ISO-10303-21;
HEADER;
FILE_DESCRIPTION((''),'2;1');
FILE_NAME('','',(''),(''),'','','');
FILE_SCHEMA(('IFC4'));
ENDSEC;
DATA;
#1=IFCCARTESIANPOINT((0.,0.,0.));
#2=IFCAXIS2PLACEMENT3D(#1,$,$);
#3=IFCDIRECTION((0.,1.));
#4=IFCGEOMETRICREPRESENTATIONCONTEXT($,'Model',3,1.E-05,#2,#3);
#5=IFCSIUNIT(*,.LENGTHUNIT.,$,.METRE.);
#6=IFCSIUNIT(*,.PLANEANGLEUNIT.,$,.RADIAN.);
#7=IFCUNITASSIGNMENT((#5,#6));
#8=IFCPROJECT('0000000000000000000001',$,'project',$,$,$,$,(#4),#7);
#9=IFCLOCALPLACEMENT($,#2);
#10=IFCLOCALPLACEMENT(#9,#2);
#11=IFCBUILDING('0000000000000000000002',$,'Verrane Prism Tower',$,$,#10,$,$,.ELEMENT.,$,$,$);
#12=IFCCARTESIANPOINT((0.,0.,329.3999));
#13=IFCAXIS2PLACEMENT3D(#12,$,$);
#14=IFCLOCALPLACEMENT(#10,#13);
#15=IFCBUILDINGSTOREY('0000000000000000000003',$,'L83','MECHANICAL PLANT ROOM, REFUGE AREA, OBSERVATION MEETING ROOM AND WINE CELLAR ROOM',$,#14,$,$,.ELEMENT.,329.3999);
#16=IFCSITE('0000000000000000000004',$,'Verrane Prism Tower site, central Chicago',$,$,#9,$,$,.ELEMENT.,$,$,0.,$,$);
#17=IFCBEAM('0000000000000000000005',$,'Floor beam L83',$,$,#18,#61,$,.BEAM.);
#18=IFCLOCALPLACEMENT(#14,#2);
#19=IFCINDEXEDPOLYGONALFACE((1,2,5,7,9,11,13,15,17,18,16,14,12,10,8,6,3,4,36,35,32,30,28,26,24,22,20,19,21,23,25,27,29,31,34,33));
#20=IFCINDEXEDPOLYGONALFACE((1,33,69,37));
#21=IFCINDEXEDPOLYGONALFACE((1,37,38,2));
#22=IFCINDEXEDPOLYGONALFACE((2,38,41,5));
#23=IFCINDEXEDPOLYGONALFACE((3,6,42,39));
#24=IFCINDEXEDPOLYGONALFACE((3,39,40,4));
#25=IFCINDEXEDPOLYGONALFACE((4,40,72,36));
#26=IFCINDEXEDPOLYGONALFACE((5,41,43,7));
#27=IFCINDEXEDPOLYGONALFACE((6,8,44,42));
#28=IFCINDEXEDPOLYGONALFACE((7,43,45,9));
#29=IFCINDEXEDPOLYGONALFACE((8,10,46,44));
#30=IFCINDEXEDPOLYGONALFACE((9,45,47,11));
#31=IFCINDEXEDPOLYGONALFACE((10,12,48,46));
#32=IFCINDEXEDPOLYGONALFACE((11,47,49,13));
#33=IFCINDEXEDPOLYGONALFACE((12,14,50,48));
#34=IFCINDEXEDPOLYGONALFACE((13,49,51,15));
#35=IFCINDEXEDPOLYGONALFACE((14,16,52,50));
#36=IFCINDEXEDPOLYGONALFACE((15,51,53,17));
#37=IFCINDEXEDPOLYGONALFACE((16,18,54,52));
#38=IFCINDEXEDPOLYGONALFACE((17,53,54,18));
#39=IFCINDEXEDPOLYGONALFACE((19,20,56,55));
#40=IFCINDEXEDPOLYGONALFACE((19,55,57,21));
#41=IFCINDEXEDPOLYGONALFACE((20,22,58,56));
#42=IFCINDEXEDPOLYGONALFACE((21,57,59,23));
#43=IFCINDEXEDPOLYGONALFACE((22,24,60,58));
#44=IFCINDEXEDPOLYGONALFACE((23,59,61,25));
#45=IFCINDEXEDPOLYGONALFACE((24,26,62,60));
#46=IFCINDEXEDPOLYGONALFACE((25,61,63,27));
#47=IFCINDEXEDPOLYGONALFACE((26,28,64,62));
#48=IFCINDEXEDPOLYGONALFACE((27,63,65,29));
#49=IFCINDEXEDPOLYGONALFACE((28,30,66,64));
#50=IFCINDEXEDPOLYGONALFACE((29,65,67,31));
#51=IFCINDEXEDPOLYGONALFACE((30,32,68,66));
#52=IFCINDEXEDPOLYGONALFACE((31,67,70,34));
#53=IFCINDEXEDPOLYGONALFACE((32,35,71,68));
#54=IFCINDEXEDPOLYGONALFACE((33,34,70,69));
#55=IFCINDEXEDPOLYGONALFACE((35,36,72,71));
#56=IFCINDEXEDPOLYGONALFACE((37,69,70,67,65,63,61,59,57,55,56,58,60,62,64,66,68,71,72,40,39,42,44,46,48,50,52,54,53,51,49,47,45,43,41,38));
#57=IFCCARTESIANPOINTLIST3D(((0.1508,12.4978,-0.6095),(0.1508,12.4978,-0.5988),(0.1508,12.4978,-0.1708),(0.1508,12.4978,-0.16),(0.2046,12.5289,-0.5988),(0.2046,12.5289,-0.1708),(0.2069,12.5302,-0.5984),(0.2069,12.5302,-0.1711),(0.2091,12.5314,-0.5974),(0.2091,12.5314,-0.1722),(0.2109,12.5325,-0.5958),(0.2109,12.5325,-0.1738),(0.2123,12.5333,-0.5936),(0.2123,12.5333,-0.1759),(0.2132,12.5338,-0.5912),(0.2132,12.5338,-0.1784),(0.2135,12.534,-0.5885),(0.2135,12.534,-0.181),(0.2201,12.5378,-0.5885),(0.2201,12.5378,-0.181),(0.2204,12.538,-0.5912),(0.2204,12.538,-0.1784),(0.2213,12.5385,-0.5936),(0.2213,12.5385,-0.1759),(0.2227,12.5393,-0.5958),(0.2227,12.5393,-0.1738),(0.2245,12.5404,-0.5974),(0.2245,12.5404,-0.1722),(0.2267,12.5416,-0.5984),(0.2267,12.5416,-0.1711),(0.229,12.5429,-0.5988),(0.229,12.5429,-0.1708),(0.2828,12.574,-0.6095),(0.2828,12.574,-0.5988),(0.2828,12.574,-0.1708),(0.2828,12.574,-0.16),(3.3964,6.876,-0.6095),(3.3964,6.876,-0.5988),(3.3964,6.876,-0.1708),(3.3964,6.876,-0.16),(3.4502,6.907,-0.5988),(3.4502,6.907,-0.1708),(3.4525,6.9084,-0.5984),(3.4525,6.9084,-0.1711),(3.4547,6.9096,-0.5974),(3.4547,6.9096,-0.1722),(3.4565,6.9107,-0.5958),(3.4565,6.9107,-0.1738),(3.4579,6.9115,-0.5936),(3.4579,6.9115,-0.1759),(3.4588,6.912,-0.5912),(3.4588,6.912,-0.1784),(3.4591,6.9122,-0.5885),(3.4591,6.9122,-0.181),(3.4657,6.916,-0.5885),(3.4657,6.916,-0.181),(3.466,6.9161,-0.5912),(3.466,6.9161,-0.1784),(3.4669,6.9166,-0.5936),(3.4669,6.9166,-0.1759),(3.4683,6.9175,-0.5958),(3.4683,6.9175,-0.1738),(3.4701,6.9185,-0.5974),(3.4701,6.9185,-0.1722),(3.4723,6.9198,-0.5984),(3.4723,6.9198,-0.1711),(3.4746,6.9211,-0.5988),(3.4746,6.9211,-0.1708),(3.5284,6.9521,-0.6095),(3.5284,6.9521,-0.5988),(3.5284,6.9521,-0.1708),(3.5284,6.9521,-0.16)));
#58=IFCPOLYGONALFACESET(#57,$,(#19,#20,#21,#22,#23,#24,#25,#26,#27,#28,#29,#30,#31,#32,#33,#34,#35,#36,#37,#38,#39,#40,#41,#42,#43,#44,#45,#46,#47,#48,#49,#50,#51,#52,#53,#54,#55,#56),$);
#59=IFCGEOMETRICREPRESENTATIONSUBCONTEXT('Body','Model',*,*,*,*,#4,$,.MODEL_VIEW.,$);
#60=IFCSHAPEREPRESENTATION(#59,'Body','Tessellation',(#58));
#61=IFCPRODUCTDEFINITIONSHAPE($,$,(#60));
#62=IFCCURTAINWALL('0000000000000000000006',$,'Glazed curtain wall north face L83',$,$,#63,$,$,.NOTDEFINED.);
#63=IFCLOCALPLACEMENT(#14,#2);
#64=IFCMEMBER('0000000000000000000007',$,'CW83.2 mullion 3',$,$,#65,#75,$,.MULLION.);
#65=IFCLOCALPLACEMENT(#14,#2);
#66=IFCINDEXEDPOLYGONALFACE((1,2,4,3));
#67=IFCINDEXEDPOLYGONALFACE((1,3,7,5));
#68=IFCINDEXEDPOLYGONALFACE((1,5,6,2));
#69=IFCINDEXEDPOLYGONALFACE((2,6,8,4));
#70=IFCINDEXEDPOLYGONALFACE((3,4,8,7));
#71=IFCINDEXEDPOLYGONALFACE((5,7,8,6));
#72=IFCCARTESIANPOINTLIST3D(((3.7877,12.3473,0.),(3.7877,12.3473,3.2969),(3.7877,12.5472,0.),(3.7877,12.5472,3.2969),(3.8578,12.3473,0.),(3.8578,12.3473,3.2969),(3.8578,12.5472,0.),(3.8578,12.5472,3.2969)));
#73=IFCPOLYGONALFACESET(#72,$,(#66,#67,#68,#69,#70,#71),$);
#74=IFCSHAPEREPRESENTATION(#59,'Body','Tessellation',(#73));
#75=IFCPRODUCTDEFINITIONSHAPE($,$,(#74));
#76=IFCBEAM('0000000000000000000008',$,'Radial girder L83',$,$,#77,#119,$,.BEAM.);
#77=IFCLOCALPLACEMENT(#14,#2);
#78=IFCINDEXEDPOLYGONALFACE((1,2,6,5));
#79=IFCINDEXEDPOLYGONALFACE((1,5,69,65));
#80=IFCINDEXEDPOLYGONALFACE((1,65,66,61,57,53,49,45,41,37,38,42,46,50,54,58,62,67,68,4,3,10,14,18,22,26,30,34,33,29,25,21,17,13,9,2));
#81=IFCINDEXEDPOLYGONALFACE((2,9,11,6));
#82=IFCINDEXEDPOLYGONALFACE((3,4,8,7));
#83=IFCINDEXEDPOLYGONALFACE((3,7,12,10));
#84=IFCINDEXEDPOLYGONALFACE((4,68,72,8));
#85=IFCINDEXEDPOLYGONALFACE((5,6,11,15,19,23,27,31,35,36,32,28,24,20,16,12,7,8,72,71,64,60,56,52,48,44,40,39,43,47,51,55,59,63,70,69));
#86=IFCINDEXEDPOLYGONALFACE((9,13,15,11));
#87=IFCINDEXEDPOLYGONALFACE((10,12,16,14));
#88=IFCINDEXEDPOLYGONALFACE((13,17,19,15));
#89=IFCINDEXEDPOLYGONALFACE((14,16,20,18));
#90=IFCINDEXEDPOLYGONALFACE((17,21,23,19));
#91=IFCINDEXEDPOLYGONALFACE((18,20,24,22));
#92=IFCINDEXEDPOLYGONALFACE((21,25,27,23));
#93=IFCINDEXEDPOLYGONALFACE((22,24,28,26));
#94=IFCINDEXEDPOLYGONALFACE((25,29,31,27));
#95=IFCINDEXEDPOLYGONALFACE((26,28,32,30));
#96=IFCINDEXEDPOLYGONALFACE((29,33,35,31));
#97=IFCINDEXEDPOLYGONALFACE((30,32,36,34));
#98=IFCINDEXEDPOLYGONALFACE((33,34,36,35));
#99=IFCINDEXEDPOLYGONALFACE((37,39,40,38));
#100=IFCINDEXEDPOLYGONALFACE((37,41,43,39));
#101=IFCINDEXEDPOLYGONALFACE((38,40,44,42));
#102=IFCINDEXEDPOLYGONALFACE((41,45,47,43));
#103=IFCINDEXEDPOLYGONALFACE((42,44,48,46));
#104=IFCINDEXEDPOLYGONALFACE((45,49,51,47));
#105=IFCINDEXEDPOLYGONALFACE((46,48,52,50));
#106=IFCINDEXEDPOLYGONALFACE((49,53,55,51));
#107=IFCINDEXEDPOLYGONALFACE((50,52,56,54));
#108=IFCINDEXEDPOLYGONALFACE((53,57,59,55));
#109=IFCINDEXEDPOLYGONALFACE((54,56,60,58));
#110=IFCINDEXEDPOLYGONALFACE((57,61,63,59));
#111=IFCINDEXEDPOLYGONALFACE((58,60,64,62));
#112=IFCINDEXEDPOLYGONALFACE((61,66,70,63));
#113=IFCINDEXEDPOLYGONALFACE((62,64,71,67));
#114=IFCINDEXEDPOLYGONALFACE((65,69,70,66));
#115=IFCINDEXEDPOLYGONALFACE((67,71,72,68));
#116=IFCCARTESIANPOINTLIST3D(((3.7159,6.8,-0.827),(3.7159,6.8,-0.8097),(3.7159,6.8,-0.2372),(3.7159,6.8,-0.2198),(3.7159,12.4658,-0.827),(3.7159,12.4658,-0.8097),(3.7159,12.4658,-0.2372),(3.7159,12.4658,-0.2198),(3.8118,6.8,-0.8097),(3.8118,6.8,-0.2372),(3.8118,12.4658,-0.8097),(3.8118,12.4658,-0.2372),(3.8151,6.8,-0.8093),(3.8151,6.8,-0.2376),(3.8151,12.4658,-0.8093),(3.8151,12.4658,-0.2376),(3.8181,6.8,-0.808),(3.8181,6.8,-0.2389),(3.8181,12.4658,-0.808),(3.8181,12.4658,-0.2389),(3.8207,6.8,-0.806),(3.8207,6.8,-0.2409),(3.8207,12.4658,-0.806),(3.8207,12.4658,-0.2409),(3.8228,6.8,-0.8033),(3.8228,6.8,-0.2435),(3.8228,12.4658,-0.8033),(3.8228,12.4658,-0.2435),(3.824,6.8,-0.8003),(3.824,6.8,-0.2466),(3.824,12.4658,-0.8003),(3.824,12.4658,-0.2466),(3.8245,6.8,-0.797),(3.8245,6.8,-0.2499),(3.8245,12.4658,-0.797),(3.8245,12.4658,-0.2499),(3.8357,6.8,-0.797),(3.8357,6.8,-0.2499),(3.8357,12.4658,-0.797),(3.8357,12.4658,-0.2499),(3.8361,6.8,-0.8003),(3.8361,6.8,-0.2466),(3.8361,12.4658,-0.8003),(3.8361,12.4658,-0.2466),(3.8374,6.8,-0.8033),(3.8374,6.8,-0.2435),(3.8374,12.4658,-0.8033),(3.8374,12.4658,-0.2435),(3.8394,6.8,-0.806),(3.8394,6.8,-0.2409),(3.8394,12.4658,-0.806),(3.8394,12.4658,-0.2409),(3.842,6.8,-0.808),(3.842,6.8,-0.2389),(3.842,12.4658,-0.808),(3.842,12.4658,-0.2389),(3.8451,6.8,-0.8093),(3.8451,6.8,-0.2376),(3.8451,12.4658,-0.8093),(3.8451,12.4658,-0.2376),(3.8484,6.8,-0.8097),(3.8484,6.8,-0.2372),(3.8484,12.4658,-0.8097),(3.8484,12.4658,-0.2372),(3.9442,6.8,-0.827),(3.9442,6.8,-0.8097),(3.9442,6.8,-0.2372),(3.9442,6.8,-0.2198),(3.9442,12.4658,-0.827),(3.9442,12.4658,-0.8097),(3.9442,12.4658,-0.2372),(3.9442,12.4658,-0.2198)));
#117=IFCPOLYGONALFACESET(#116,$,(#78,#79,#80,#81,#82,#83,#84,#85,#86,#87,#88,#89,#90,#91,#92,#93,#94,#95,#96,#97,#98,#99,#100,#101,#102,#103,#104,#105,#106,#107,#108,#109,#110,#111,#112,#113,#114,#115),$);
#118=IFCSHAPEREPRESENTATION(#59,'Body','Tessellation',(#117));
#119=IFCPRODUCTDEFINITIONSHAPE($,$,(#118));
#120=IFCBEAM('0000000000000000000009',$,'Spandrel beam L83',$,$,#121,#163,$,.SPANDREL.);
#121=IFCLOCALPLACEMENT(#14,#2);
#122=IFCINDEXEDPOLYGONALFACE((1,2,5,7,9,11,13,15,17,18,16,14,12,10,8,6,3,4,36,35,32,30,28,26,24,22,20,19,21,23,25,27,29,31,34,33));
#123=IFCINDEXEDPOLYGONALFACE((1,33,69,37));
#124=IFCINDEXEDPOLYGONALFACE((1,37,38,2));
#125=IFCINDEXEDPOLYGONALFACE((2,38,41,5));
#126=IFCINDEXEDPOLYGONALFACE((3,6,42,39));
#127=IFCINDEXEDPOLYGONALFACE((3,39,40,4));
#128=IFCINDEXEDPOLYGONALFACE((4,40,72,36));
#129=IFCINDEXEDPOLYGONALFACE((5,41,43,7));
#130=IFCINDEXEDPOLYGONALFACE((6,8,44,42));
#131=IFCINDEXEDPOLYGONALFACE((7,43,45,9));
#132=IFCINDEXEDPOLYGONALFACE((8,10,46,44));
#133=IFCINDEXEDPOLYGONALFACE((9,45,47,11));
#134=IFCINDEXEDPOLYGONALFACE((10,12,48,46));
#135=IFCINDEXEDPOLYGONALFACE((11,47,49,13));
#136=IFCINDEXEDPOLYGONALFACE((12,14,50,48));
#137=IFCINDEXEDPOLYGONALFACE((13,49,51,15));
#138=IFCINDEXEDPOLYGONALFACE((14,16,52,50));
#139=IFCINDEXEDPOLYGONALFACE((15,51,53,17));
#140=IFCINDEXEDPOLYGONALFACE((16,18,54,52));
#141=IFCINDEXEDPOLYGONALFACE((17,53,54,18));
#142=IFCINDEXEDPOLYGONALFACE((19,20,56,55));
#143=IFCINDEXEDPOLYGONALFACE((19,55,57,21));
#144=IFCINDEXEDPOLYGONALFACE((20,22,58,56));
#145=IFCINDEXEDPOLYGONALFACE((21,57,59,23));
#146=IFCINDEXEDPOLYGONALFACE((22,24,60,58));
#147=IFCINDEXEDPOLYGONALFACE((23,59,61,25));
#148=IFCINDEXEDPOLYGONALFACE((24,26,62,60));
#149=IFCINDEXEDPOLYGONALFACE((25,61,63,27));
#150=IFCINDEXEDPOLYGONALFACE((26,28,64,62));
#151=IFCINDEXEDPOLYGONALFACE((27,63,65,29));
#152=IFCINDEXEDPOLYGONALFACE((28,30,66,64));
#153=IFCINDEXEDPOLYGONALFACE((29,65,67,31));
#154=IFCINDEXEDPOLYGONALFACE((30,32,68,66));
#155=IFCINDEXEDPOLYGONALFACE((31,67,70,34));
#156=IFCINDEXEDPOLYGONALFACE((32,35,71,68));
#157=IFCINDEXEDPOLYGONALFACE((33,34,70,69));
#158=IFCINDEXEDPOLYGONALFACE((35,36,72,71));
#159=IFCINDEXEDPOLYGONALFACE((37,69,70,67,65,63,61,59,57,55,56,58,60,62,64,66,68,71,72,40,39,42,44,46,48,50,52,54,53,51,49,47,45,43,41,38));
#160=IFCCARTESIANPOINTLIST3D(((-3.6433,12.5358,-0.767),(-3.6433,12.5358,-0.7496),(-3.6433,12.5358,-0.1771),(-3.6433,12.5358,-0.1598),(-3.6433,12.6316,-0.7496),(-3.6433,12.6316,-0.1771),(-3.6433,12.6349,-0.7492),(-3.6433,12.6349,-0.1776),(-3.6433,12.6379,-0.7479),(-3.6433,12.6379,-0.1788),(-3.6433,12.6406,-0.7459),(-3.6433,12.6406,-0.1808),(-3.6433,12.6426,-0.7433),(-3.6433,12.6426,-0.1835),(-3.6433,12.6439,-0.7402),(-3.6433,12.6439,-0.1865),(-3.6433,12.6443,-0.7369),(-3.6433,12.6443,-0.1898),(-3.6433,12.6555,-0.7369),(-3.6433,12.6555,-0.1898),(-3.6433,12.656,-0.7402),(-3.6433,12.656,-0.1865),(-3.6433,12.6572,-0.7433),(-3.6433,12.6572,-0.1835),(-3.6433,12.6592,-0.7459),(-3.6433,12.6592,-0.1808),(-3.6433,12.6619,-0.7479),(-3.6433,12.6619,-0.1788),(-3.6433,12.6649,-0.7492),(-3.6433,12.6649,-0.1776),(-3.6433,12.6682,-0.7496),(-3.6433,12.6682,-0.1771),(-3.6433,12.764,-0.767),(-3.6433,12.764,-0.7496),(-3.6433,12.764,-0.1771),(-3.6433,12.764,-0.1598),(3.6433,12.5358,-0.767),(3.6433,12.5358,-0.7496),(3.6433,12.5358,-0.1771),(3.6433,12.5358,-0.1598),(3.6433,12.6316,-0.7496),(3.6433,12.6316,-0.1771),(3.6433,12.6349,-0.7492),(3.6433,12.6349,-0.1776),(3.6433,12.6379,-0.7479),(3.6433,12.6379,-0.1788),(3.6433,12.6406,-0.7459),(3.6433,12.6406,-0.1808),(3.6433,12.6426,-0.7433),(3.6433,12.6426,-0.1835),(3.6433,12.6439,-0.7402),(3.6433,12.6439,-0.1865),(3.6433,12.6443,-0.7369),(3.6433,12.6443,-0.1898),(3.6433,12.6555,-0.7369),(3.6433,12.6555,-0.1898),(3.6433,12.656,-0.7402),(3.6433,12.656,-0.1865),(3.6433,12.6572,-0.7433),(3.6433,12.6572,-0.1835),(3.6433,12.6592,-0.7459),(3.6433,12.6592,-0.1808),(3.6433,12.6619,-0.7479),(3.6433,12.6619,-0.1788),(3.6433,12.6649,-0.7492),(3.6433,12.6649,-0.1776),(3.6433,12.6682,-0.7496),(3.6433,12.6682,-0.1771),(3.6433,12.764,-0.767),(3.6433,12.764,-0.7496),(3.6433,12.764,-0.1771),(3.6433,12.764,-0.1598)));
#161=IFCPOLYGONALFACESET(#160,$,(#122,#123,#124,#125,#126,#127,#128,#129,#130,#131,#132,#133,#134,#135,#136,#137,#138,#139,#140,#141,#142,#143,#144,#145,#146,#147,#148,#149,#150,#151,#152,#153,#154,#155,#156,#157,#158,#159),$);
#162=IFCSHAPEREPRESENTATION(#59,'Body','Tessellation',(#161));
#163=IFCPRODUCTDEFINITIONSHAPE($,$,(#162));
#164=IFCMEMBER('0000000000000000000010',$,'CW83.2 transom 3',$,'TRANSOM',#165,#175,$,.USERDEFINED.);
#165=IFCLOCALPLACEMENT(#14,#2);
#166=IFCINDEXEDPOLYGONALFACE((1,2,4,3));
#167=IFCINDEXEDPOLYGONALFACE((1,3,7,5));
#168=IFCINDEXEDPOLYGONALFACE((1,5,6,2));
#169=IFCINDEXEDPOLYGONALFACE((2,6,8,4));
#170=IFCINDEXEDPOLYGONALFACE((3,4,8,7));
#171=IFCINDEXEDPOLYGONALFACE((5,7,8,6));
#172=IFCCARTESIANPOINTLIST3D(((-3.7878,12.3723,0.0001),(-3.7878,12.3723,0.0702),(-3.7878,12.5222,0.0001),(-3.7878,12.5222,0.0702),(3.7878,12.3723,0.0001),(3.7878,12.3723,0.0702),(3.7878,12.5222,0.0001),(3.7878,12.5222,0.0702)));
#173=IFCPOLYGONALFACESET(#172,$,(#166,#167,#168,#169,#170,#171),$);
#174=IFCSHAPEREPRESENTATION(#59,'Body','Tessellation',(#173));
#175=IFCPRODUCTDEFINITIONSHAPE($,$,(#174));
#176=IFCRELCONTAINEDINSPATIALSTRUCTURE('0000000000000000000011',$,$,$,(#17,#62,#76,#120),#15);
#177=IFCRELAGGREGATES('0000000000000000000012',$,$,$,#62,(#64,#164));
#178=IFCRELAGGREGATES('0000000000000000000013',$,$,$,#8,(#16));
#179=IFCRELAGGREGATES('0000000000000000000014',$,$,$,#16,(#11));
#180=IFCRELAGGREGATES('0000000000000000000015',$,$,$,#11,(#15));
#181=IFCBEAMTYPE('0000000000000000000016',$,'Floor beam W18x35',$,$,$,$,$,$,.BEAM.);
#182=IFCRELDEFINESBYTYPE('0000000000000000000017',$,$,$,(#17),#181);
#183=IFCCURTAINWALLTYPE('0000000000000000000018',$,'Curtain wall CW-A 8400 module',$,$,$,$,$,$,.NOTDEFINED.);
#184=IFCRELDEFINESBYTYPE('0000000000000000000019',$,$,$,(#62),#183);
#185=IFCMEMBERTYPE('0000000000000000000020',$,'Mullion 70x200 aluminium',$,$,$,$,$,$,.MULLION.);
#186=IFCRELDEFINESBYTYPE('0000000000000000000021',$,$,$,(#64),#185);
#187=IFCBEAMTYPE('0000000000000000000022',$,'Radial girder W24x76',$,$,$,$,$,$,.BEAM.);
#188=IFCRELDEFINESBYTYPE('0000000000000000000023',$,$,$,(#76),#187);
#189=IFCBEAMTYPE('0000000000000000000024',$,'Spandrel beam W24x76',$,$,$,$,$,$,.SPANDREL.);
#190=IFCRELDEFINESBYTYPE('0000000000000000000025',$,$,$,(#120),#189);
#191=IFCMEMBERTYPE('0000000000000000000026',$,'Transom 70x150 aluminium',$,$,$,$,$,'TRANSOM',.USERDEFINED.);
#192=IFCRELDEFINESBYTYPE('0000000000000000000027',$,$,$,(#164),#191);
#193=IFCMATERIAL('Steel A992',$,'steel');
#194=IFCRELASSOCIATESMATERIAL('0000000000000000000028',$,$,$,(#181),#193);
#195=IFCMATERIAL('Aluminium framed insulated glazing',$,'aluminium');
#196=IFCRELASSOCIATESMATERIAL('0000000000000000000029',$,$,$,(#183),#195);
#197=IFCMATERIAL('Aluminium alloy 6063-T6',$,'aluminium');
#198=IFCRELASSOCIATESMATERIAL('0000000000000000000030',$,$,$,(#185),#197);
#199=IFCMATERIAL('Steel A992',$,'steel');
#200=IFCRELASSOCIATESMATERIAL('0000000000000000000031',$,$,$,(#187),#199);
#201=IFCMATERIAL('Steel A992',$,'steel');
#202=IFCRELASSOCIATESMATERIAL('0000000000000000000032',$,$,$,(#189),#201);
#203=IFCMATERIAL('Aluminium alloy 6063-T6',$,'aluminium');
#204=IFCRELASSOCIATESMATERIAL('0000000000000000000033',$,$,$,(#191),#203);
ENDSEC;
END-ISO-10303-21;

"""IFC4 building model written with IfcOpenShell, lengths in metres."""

from ifc_helpers import new_model, si_unit, direction, frame, origin, origin_2d, place, context, subcontext, project, spatial, rectangle, i_section, extrude, material, material_profile, profile_set, type_object, element, aggregate, save


model = new_model("IFC4")

# Units and contexts
model_context = context("Model", 3, precision=1e-05, world=origin(), true_north=direction((0.0, 1.0)))
body_context = subcontext(model_context, "Body", "Model", "MODEL_VIEW")
ifc_project = project(units=[si_unit("LENGTHUNIT", "METRE"), si_unit("PLANEANGLEUNIT", "RADIAN")], contexts=[model_context])

# Site, building, storey
site_placement = place(None, origin())
site = spatial("IfcSite", under=ifc_project, at=site_placement, Name="Verrane Prism Tower site, central Chicago", CompositionType="ELEMENT", RefElevation=0.0)
building_placement = place(site_placement, origin())
building = spatial("IfcBuilding", under=site, at=building_placement, Name="Verrane Prism Tower", CompositionType="ELEMENT")
storey_placement = place(building_placement, frame((0.0, 0.0, 329.3999)))
storey = spatial("IfcBuildingStorey", under=building, at=storey_placement, Name="L83", Description="MECHANICAL PLANT ROOM, REFUGE AREA, OBSERVATION MEETING ROOM AND WINE CELLAR ROOM", CompositionType="ELEMENT", Elevation=329.3999)

# Beam
ifc_material_1 = material(Name="Steel A992", Category="steel")
ifc_material_profile_1 = material_profile(ifc_material_1, i_section(OverallWidth=0.1523, OverallDepth=0.4495, WebThickness=0.0076, FlangeThickness=0.0107, FilletRadius=0.0103, at=origin_2d()), Name="W18x35")
ifc_profile_set_1 = profile_set([ifc_material_profile_1], Name="Steel A992")
beam_type_1 = type_object("IfcBeamType", Name="Floor beam W18x35", PredefinedType="BEAM", material=ifc_profile_set_1)
beam_1_placement = place(storey_placement, frame((3.4624, 6.9141, -0.3848), z_axis=(-0.499982, 0.866036, 0.0), x_axis=(-0.866036, -0.499982, 0.0)))
element("IfcBeam", 1, at=beam_1_placement, inside=storey, type_object=beam_type_1, Name="Floor beam L83", PredefinedType="BEAM", context=body_context, shape_type="SweptSolid", body=[
    extrude(i_section(OverallWidth=0.1523, OverallDepth=0.4495, WebThickness=0.0076, FlangeThickness=0.0107, FilletRadius=0.0103, at=origin_2d()), origin(), (0.0, 0.0, 1.0), 6.4915),
])

# Curtain wall, member
ifc_material_2 = material(Name="Aluminium framed insulated glazing", Category="aluminium")
curtain_wall_type = type_object("IfcCurtainWallType", Name="Curtain wall CW-A 8400 module", PredefinedType="NOTDEFINED", material=ifc_material_2)
curtain_wall_placement = place(storey_placement, origin())
curtain_wall = element("IfcCurtainWall", 2, at=curtain_wall_placement, inside=storey, type_object=curtain_wall_type, Name="Glazed curtain wall north face L83", PredefinedType="NOTDEFINED")
ifc_material_3 = material(Name="Aluminium alloy 6063-T6", Category="aluminium")
ifc_material_profile_2 = material_profile(ifc_material_3, rectangle(XDim=0.2, YDim=0.0701, at=origin_2d()), Name="Mullion 70x200 aluminium")
ifc_profile_set_2 = profile_set([ifc_material_profile_2], Name="Aluminium alloy 6063-T6")
member_type_1 = type_object("IfcMemberType", Name="Mullion 70x200 aluminium", PredefinedType="MULLION", material=ifc_profile_set_2)
member_1_placement = place(storey_placement, frame((3.8228, 12.4473, 0.0), z_axis=(0.0, 0.0, 1.0), x_axis=(0.0, -1.0, 0.0)))
member_1 = element("IfcMember", 3, at=member_1_placement, type_object=member_type_1, Name="CW83.2 mullion 3", PredefinedType="MULLION", context=body_context, shape_type="SweptSolid", body=[
    extrude(rectangle(XDim=0.2, YDim=0.0701, at=origin_2d()), origin(), (0.0, 0.0, 1.0), 3.2969),
])

# Beams
ifc_material_4 = material(Name="Steel A992", Category="steel")
ifc_material_profile_3 = material_profile(ifc_material_4, i_section(OverallWidth=0.2283, OverallDepth=0.6072, WebThickness=0.0112, FlangeThickness=0.0173, FilletRadius=0.0127, at=origin_2d()), Name="W24x76")
ifc_profile_set_3 = profile_set([ifc_material_profile_3], Name="Steel A992")
beam_type_2 = type_object("IfcBeamType", Name="Radial girder W24x76", PredefinedType="BEAM", material=ifc_profile_set_3)
beam_2_placement = place(storey_placement, frame((3.8301, 12.4658, -0.5234), z_axis=(0.0, -1.0, 0.0), x_axis=(1.0, 0.0, 0.0)))
element("IfcBeam", 4, at=beam_2_placement, inside=storey, type_object=beam_type_2, Name="Radial girder L83", PredefinedType="BEAM", context=body_context, shape_type="SweptSolid", body=[
    extrude(i_section(OverallWidth=0.2283, OverallDepth=0.6072, WebThickness=0.0112, FlangeThickness=0.0173, FilletRadius=0.0127, at=origin_2d()), origin(), (0.0, 0.0, 1.0), 5.6658),
])
ifc_material_5 = material(Name="Steel A992", Category="steel")
ifc_material_profile_4 = material_profile(ifc_material_5, i_section(OverallWidth=0.2283, OverallDepth=0.6072, WebThickness=0.0112, FlangeThickness=0.0173, FilletRadius=0.0127, at=origin_2d()), Name="W24x76")
ifc_profile_set_4 = profile_set([ifc_material_profile_4], Name="Steel A992")
beam_type_3 = type_object("IfcBeamType", Name="Spandrel beam W24x76", PredefinedType="SPANDREL", material=ifc_profile_set_4)
beam_3_placement = place(storey_placement, frame((3.6433, 12.6499, -0.4634), z_axis=(-1.0, 0.0, 0.0), x_axis=(0.0, -1.0, 0.0)))
element("IfcBeam", 5, at=beam_3_placement, inside=storey, type_object=beam_type_3, Name="Spandrel beam L83", PredefinedType="SPANDREL", context=body_context, shape_type="SweptSolid", body=[
    extrude(i_section(OverallWidth=0.2283, OverallDepth=0.6072, WebThickness=0.0112, FlangeThickness=0.0173, FilletRadius=0.0127, at=origin_2d()), origin(), (0.0, 0.0, 1.0), 7.2866),
])

# Member
ifc_material_6 = material(Name="Aluminium alloy 6063-T6", Category="aluminium")
ifc_material_profile_5 = material_profile(ifc_material_6, rectangle(XDim=0.1499, YDim=0.0701, at=origin_2d()), Name="Transom 70x150 aluminium")
ifc_profile_set_5 = profile_set([ifc_material_profile_5], Name="Aluminium alloy 6063-T6")
member_type_2 = type_object("IfcMemberType", Name="Transom 70x150 aluminium", ElementType="TRANSOM", PredefinedType="USERDEFINED", material=ifc_profile_set_5)
member_2_placement = place(storey_placement, frame((3.7878, 12.4473, 0.0352), z_axis=(-1.0, 0.0, 0.0), x_axis=(0.0, -1.0, 0.0)))
member_2 = element("IfcMember", 6, at=member_2_placement, type_object=member_type_2, Name="CW83.2 transom 3", ObjectType="TRANSOM", PredefinedType="USERDEFINED", context=body_context, shape_type="SweptSolid", body=[
    extrude(rectangle(XDim=0.1499, YDim=0.0701, at=origin_2d()), origin(), (0.0, 0.0, 1.0), 7.5757),
])

aggregate(curtain_wall, [member_1, member_2])

save(model, "model.ifc")
